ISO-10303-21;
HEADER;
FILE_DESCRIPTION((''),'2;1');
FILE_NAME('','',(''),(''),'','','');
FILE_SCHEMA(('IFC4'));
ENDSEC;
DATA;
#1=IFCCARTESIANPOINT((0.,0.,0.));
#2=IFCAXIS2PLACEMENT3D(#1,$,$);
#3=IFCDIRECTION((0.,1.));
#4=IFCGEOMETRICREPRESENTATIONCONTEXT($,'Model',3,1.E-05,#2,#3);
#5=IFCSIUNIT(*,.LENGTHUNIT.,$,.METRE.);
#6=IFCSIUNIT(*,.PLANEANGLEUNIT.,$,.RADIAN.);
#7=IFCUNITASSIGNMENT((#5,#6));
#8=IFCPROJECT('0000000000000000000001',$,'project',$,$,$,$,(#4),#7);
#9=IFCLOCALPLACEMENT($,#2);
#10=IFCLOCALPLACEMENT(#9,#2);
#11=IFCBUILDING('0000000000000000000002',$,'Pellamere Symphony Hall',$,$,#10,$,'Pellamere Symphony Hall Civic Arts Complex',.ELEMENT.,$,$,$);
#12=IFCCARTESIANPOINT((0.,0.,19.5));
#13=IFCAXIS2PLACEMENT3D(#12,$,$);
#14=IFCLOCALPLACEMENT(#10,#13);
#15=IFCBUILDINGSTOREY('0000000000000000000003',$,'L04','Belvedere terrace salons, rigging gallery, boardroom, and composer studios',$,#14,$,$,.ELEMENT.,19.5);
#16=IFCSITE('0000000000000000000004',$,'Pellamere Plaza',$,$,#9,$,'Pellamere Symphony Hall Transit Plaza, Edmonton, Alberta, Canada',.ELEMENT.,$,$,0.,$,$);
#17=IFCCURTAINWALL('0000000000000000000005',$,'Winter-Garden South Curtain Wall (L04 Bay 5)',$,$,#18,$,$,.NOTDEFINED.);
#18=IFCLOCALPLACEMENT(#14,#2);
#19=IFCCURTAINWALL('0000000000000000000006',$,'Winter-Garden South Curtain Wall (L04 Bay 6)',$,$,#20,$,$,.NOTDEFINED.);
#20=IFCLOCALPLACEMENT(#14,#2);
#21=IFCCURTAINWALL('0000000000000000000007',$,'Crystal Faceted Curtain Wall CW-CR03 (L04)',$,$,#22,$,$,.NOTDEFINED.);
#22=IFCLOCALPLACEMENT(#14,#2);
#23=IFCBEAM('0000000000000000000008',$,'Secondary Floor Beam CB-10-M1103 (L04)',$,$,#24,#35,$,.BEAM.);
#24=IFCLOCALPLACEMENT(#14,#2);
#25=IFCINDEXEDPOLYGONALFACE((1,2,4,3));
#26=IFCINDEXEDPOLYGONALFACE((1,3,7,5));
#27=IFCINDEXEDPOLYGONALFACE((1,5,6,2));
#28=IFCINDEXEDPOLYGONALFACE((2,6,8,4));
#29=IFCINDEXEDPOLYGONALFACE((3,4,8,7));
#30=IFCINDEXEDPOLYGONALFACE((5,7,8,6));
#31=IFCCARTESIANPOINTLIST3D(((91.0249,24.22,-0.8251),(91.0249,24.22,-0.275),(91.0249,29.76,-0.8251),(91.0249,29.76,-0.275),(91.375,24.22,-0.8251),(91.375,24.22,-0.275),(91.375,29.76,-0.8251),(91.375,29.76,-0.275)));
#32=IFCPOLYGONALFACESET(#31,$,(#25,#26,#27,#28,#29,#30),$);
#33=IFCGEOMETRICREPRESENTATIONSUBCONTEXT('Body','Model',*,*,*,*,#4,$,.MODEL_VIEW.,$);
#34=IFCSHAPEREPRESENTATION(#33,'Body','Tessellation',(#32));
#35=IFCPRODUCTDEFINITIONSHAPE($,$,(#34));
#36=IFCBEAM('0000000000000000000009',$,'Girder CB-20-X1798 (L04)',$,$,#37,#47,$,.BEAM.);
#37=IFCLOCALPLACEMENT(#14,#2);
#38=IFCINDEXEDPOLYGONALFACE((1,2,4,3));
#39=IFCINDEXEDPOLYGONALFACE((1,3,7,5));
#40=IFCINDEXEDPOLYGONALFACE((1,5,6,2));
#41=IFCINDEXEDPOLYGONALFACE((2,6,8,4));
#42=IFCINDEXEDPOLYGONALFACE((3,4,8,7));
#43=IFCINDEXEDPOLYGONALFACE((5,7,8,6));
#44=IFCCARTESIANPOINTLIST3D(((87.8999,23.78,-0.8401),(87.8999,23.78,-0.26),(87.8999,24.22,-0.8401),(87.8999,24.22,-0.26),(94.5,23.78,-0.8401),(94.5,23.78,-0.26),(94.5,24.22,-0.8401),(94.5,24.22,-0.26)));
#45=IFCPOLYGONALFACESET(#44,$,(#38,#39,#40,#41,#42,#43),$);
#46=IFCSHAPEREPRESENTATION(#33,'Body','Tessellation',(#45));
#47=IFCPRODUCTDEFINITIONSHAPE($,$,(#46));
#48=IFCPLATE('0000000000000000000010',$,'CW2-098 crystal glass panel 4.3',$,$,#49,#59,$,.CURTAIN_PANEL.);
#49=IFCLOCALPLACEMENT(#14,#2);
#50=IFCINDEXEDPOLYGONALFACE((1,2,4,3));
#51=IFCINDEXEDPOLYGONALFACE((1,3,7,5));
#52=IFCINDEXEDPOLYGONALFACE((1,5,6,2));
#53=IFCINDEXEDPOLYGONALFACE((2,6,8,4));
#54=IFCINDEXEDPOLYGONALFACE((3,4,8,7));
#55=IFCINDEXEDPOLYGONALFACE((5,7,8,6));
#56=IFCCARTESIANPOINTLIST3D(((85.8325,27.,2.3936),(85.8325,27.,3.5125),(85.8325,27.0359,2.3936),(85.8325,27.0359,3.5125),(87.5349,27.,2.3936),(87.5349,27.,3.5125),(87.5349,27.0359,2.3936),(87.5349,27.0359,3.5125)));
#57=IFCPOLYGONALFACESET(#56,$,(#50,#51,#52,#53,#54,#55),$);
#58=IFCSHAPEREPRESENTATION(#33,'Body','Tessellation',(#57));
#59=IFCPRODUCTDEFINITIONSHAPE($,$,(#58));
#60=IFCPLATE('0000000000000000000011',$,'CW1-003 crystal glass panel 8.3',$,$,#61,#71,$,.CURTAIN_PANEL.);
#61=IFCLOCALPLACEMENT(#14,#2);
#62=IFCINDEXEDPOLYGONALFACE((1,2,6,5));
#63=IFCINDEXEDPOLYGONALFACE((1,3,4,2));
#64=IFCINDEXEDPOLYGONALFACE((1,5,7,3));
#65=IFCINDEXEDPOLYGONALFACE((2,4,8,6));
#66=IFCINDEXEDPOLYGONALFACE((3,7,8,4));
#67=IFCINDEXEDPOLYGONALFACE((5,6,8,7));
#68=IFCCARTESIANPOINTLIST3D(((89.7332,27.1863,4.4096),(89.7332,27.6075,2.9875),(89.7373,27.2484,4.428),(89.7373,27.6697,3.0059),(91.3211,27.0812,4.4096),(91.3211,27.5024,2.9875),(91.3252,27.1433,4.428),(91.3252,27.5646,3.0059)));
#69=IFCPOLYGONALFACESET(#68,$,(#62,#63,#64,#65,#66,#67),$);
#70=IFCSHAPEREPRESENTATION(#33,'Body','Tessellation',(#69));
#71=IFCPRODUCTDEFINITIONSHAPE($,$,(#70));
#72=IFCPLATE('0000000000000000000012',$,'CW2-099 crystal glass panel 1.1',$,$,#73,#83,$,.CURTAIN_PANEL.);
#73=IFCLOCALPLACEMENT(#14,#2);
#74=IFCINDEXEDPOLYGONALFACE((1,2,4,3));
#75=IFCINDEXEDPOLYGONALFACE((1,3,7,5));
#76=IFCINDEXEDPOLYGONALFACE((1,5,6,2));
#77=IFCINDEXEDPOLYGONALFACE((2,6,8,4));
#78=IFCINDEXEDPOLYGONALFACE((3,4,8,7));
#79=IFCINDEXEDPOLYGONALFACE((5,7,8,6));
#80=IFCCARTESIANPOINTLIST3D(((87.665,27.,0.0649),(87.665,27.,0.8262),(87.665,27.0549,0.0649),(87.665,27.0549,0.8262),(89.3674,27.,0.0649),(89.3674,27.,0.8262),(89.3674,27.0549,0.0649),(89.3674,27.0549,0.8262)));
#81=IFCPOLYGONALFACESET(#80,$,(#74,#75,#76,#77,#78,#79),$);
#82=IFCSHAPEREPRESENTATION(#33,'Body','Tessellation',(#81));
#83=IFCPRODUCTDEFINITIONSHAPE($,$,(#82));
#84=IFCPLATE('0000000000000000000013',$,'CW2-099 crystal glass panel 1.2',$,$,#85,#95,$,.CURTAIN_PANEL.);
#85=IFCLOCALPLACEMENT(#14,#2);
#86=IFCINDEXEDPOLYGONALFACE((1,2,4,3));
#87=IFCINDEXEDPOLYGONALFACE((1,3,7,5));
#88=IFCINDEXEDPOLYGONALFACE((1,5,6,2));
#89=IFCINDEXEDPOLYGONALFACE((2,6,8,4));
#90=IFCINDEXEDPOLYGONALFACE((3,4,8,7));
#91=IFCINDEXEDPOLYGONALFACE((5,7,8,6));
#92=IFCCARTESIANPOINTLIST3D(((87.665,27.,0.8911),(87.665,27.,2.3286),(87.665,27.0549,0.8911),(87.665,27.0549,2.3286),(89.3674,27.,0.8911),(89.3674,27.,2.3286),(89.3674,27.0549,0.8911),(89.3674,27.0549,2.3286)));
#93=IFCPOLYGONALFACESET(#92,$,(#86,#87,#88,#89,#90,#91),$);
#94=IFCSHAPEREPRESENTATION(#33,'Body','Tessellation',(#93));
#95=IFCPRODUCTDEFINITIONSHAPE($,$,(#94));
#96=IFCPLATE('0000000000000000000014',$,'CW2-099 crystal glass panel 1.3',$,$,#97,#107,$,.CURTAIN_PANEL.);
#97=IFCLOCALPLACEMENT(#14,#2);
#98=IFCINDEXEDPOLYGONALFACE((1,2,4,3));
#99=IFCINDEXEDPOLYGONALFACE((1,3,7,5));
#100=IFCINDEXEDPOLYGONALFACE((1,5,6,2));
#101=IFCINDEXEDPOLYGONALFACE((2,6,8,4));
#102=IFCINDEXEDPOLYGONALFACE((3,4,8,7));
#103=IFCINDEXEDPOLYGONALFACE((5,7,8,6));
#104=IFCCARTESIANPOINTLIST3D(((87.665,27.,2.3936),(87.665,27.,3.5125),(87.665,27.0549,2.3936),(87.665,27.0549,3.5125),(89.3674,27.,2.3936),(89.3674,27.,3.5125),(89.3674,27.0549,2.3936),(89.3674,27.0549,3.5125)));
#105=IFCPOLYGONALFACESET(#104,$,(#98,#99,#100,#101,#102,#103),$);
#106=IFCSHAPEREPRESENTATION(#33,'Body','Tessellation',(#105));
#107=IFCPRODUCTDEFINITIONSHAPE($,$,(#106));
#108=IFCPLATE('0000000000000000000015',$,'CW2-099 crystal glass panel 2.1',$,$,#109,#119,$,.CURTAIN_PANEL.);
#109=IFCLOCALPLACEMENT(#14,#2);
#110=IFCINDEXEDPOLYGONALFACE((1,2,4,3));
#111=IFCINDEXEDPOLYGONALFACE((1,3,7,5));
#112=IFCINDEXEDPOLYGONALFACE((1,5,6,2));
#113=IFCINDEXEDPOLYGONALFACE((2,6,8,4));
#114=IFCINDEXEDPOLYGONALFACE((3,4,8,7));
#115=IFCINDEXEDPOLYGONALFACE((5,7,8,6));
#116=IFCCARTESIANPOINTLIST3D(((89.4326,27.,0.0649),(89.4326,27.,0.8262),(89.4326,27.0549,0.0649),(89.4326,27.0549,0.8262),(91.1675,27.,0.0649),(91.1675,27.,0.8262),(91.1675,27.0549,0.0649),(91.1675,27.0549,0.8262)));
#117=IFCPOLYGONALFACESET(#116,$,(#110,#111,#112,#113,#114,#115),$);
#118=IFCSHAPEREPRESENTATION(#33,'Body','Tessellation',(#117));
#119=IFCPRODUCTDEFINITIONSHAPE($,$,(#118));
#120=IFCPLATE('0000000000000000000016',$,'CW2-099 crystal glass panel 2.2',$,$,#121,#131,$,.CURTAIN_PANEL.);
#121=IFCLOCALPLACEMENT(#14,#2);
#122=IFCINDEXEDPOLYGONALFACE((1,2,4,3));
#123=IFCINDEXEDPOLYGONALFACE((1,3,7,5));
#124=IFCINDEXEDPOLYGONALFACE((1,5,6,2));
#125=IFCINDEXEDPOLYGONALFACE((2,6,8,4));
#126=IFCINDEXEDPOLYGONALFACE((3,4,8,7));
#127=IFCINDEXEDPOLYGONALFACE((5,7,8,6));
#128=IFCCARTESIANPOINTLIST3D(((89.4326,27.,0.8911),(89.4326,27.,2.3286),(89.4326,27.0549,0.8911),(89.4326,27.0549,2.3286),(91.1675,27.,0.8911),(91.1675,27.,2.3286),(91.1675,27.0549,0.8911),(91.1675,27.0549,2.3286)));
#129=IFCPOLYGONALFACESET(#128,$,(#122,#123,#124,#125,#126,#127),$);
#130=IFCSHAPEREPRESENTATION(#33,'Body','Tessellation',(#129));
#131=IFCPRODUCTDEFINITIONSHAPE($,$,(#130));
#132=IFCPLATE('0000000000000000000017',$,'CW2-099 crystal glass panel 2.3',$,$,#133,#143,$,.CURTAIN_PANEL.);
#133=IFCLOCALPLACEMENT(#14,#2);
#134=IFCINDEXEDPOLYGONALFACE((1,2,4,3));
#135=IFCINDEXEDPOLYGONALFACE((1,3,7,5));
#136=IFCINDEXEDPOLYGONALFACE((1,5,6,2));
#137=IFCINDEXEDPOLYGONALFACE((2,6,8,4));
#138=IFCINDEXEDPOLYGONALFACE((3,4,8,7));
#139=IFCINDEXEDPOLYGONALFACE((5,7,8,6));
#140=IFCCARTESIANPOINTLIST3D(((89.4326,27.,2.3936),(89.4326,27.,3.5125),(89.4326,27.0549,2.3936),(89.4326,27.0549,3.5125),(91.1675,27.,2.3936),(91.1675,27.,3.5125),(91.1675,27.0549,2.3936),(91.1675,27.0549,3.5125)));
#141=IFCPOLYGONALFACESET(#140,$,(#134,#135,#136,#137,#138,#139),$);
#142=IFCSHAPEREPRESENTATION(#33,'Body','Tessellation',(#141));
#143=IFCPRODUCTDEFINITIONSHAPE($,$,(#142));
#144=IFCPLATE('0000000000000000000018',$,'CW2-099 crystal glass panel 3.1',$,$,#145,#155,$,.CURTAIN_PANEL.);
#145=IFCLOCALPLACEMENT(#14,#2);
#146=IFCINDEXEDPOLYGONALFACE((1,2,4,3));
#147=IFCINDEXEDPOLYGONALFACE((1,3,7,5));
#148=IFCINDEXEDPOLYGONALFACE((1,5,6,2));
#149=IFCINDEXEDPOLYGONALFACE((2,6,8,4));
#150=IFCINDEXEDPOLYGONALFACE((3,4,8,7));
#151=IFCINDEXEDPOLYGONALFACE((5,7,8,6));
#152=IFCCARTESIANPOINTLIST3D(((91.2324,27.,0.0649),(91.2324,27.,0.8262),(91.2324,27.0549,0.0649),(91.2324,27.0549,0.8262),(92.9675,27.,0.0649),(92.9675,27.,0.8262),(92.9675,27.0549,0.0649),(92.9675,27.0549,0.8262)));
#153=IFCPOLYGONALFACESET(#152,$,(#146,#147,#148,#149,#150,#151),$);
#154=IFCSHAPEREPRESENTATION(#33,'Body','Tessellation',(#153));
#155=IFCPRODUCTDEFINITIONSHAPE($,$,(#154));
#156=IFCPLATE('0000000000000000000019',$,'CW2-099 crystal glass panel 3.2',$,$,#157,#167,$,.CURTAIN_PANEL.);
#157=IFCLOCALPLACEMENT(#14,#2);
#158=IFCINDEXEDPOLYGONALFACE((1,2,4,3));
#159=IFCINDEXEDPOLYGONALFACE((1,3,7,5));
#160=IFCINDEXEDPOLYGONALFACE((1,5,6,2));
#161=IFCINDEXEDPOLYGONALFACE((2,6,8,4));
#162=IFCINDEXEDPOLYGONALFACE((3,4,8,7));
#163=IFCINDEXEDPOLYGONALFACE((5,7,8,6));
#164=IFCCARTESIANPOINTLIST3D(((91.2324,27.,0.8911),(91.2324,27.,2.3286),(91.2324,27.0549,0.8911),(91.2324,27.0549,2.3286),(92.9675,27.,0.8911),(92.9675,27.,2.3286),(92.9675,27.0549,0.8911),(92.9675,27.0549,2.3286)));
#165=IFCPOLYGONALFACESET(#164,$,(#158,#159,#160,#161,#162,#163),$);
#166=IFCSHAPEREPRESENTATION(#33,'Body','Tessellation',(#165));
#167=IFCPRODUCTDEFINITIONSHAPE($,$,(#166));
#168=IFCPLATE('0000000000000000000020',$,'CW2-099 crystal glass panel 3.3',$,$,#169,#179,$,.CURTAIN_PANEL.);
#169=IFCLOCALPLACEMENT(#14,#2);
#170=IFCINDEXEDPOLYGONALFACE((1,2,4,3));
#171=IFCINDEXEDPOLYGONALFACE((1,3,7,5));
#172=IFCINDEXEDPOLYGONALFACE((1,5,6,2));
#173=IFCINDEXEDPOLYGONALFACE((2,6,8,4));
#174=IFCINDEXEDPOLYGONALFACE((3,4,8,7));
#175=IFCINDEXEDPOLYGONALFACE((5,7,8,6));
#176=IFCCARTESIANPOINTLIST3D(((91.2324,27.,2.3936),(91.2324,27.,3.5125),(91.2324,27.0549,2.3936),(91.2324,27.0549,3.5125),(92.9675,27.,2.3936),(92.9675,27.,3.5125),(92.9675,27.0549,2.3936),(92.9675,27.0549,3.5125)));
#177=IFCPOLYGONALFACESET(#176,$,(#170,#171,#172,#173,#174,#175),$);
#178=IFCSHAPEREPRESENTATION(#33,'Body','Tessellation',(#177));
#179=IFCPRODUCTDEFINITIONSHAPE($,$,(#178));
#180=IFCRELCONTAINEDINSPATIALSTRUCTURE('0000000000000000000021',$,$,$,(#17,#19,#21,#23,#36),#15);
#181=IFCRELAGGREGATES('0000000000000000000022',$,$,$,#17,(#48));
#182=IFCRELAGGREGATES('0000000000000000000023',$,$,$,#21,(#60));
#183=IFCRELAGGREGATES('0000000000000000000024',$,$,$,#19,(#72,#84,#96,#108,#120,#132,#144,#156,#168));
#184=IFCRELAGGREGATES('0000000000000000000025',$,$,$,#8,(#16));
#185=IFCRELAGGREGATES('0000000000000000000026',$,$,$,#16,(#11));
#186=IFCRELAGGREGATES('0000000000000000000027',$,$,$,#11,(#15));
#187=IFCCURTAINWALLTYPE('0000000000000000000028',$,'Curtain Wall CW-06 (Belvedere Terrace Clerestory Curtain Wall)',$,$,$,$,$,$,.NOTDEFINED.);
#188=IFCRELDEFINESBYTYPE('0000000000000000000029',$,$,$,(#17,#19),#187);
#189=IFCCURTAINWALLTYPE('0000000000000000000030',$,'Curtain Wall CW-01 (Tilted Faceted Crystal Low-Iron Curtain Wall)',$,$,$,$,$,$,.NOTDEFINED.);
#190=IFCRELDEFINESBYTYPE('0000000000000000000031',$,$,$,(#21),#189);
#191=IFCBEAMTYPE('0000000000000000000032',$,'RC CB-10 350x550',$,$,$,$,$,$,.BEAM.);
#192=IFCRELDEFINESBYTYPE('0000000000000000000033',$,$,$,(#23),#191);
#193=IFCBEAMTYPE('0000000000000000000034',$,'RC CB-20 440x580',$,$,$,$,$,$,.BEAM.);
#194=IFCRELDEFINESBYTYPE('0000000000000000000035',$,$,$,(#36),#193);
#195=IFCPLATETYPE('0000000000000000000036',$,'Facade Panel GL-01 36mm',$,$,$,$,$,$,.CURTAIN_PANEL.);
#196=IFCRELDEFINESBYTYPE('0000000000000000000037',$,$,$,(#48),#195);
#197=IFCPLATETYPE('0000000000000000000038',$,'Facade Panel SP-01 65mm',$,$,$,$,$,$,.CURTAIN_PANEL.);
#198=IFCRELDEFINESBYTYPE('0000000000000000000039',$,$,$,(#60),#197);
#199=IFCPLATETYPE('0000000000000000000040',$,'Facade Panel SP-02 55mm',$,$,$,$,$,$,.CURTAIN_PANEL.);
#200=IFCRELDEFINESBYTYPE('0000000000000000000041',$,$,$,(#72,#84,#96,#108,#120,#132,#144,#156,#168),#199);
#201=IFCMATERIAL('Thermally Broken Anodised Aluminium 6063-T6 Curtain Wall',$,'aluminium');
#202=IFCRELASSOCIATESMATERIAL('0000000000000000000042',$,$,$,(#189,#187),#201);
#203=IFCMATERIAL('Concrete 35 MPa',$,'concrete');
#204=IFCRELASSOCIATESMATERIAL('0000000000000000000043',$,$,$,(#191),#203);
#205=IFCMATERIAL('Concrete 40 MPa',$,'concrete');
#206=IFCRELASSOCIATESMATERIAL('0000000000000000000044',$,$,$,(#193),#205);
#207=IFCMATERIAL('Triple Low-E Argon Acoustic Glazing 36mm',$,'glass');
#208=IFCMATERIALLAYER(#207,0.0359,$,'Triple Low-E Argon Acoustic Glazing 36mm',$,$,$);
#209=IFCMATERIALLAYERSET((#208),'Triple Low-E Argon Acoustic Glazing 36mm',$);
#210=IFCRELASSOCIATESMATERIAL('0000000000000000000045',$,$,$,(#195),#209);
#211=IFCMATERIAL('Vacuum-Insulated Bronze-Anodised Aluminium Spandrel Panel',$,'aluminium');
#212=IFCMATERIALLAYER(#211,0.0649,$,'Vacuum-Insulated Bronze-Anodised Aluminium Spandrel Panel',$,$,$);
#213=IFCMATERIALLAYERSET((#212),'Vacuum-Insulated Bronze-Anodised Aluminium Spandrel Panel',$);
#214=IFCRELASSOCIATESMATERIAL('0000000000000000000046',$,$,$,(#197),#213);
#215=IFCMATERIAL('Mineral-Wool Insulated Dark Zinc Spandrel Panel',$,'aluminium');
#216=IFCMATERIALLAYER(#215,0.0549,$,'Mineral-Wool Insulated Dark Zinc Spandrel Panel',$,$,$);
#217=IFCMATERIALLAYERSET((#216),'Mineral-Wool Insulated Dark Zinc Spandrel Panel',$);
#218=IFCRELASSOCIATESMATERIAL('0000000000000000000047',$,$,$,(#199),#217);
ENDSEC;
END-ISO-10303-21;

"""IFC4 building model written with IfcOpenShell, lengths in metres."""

from ifc_helpers import new_model, si_unit, direction, frame, origin, origin_2d, place, context, subcontext, project, spatial, polyline, rectangle, outline, extrude, material, layer, layer_set, material_profile, profile_set, type_object, element, aggregate, save


model = new_model("IFC4")

# Units and contexts
model_context = context("Model", 3, precision=1e-05, world=origin(), true_north=direction((0.0, 1.0)))
body_context = subcontext(model_context, "Body", "Model", "MODEL_VIEW")
ifc_project = project(units=[si_unit("LENGTHUNIT", "METRE"), si_unit("PLANEANGLEUNIT", "RADIAN")], contexts=[model_context])

# Site, building, storey
site_placement = place(None, origin())
site = spatial("IfcSite", under=ifc_project, at=site_placement, Name="Pellamere Plaza", LongName="Pellamere Symphony Hall Transit Plaza, Edmonton, Alberta, Canada", CompositionType="ELEMENT", RefElevation=0.0)
building_placement = place(site_placement, origin())
building = spatial("IfcBuilding", under=site, at=building_placement, Name="Pellamere Symphony Hall", LongName="Pellamere Symphony Hall Civic Arts Complex", CompositionType="ELEMENT")
storey_placement = place(building_placement, frame((0.0, 0.0, 19.5)))
storey = spatial("IfcBuildingStorey", under=building, at=storey_placement, Name="L04", Description="Belvedere terrace salons, rigging gallery, boardroom, and composer studios", CompositionType="ELEMENT", Elevation=19.5)

# Curtain wall
ifc_material_1 = material(Name="Thermally Broken Anodised Aluminium 6063-T6 Curtain Wall", Category="aluminium")
curtain_wall_type_1 = type_object("IfcCurtainWallType", Name="Curtain Wall CW-01 (Tilted Faceted Crystal Low-Iron Curtain Wall)", PredefinedType="NOTDEFINED", material=ifc_material_1)
curtain_wall_type_2 = type_object("IfcCurtainWallType", Name="Curtain Wall CW-06 (Belvedere Terrace Clerestory Curtain Wall)", PredefinedType="NOTDEFINED", material=ifc_material_1)
curtain_wall_1_placement = place(storey_placement, origin())
curtain_wall_1 = element("IfcCurtainWall", 1, at=curtain_wall_1_placement, inside=storey, type_object=curtain_wall_type_2, Name="Winter-Garden South Curtain Wall (L04 Bay 5)", PredefinedType="NOTDEFINED")

# Curtain walls
curtain_wall_2_placement = place(storey_placement, origin())
curtain_wall_2 = element("IfcCurtainWall", 2, at=curtain_wall_2_placement, inside=storey, type_object=curtain_wall_type_2, Name="Winter-Garden South Curtain Wall (L04 Bay 6)", PredefinedType="NOTDEFINED")
curtain_wall_3_placement = place(storey_placement, origin())
curtain_wall_3 = element("IfcCurtainWall", 3, at=curtain_wall_3_placement, inside=storey, type_object=curtain_wall_type_1, Name="Crystal Faceted Curtain Wall CW-CR03 (L04)", PredefinedType="NOTDEFINED")

# Beams
ifc_material_2 = material(Name="Concrete 40 MPa", Category="concrete")
ifc_material_3 = material(Name="Concrete 35 MPa", Category="concrete")
ifc_material_profile_1 = material_profile(ifc_material_3, rectangle(XDim=0.3501, YDim=0.55, at=origin_2d()), Name="RC 350x550")
ifc_profile_set_1 = profile_set([ifc_material_profile_1], Name="Concrete 35 MPa")
beam_type_1 = type_object("IfcBeamType", Name="RC CB-10 350x550", PredefinedType="BEAM", material=ifc_profile_set_1)
beam_1_placement = place(storey_placement, frame((91.2, 24.22, -0.55), z_axis=(0.0, 1.0, 0.0), x_axis=(-1.0, 0.0, 0.0)))
element("IfcBeam", 4, at=beam_1_placement, inside=storey, type_object=beam_type_1, Name="Secondary Floor Beam CB-10-M1103 (L04)", PredefinedType="BEAM", context=body_context, shape_type="SweptSolid", body=[
    extrude(rectangle(XDim=0.3501, YDim=0.55, at=origin_2d()), origin(), (0.0, 0.0, 1.0), 5.54),
])
ifc_material_profile_2 = material_profile(ifc_material_2, rectangle(XDim=0.4399, YDim=0.5801, at=origin_2d()), Name="RC 440x580")
ifc_profile_set_2 = profile_set([ifc_material_profile_2], Name="Concrete 40 MPa")
beam_type_2 = type_object("IfcBeamType", Name="RC CB-20 440x580", PredefinedType="BEAM", material=ifc_profile_set_2)
beam_2_placement = place(storey_placement, frame((87.8999, 24.0, -0.55), z_axis=(1.0, 0.0, 0.0), x_axis=(0.0, 1.0, 0.0)))
element("IfcBeam", 5, at=beam_2_placement, inside=storey, type_object=beam_type_2, Name="Girder CB-20-X1798 (L04)", PredefinedType="BEAM", context=body_context, shape_type="SweptSolid", body=[
    extrude(rectangle(XDim=0.4399, YDim=0.5801, at=origin_2d()), origin(), (0.0, 0.0, 1.0), 6.6001),
])

# Plates
ifc_material_4 = material(Name="Triple Low-E Argon Acoustic Glazing 36mm", Category="glass")
ifc_layer_1 = layer(ifc_material_4, 0.0359, Name="Triple Low-E Argon Acoustic Glazing 36mm")
ifc_layer_set_1 = layer_set([ifc_layer_1], Name="Triple Low-E Argon Acoustic Glazing 36mm")
plate_type_1 = type_object("IfcPlateType", Name="Facade Panel GL-01 36mm", PredefinedType="CURTAIN_PANEL", material=ifc_layer_set_1)
plate_1_placement = place(storey_placement, frame((85.8325, 27.0, 2.3936), z_axis=(0.0, -1.0, 0.0), x_axis=(1.0, 0.0, 0.0)))
plate_1 = element("IfcPlate", 6, at=plate_1_placement, type_object=plate_type_1, Name="CW2-098 crystal glass panel 4.3", PredefinedType="CURTAIN_PANEL", context=body_context, shape_type="SweptSolid", body=[
    extrude(outline(polyline([(0.0, 0.0), (1.7024, 0.0), (1.7024, 1.1189), (0.0, 1.1189), (0.0, 0.0)])), origin(), (0.0, 0.0, -1.0), 0.0359),
])
aggregate(curtain_wall_1, [plate_1])
ifc_material_5 = material(Name="Vacuum-Insulated Bronze-Anodised Aluminium Spandrel Panel", Category="aluminium")
ifc_layer_2 = layer(ifc_material_5, 0.0649, Name="Vacuum-Insulated Bronze-Anodised Aluminium Spandrel Panel")
ifc_layer_set_2 = layer_set([ifc_layer_2], Name="Vacuum-Insulated Bronze-Anodised Aluminium Spandrel Panel")
plate_type_2 = type_object("IfcPlateType", Name="Facade Panel SP-01 65mm", PredefinedType="CURTAIN_PANEL", material=ifc_layer_set_2)
plate_2_placement = place(storey_placement, frame((89.7373, 27.6697, 3.0059), z_axis=(0.063337, 0.956892, 0.283454), x_axis=(0.997816, -0.066052, 0.000021)))
plate_2 = element("IfcPlate", 7, at=plate_2_placement, type_object=plate_type_2, Name="CW1-003 crystal glass panel 8.3", PredefinedType="CURTAIN_PANEL", context=body_context, shape_type="SweptSolid", body=[
    extrude(outline(polyline([(0.0, 0.0), (1.5914, 0.0), (1.6192, -1.4829), (0.0279, -1.483), (0.0, 0.0)])), origin(), (0.0, 0.0, -1.0), 0.0649),
])
aggregate(curtain_wall_3, [plate_2])
ifc_material_6 = material(Name="Mineral-Wool Insulated Dark Zinc Spandrel Panel", Category="aluminium")
ifc_layer_3 = layer(ifc_material_6, 0.0549, Name="Mineral-Wool Insulated Dark Zinc Spandrel Panel")
ifc_layer_set_3 = layer_set([ifc_layer_3], Name="Mineral-Wool Insulated Dark Zinc Spandrel Panel")
plate_type_3 = type_object("IfcPlateType", Name="Facade Panel SP-02 55mm", PredefinedType="CURTAIN_PANEL", material=ifc_layer_set_3)
plate_3_placement = place(storey_placement, frame((87.665, 27.0, 0.0649), z_axis=(0.0, -1.0, 0.0), x_axis=(1.0, 0.0, 0.0)))
plate_3 = element("IfcPlate", 8, at=plate_3_placement, type_object=plate_type_3, Name="CW2-099 crystal glass panel 1.1", PredefinedType="CURTAIN_PANEL", context=body_context, shape_type="SweptSolid", body=[
    extrude(outline(polyline([(0.0, 0.0), (1.7024, 0.0), (1.7024, 0.7612), (0.0, 0.7612), (0.0, 0.0)])), origin(), (0.0, 0.0, -1.0), 0.0549),
])
plate_4_placement = place(storey_placement, frame((87.665, 27.0, 0.8911), z_axis=(0.0, -1.0, 0.0), x_axis=(1.0, 0.0, 0.0)))
plate_4 = element("IfcPlate", 9, at=plate_4_placement, type_object=plate_type_3, Name="CW2-099 crystal glass panel 1.2", PredefinedType="CURTAIN_PANEL", context=body_context, shape_type="SweptSolid", body=[
    extrude(outline(polyline([(0.0, 0.0), (1.7024, 0.0), (1.7024, 1.4375), (0.0, 1.4375), (0.0, 0.0)])), origin(), (0.0, 0.0, -1.0), 0.0549),
])
plate_5_placement = place(storey_placement, frame((87.665, 27.0, 2.3936), z_axis=(0.0, -1.0, 0.0), x_axis=(1.0, 0.0, 0.0)))
plate_5 = element("IfcPlate", 10, at=plate_5_placement, type_object=plate_type_3, Name="CW2-099 crystal glass panel 1.3", PredefinedType="CURTAIN_PANEL", context=body_context, shape_type="SweptSolid", body=[
    extrude(outline(polyline([(0.0, 0.0), (1.7024, 0.0), (1.7024, 1.1189), (0.0, 1.1189), (0.0, 0.0)])), origin(), (0.0, 0.0, -1.0), 0.0549),
])
plate_6_placement = place(storey_placement, frame((89.4326, 27.0, 0.0649), z_axis=(0.0, -1.0, 0.0), x_axis=(1.0, 0.0, 0.0)))
plate_6 = element("IfcPlate", 11, at=plate_6_placement, type_object=plate_type_3, Name="CW2-099 crystal glass panel 2.1", PredefinedType="CURTAIN_PANEL", context=body_context, shape_type="SweptSolid", body=[
    extrude(outline(polyline([(0.0, 0.0), (1.7349, 0.0), (1.7349, 0.7612), (0.0, 0.7612), (0.0, 0.0)])), origin(), (0.0, 0.0, -1.0), 0.0549),
])
plate_7_placement = place(storey_placement, frame((89.4326, 27.0, 0.8911), z_axis=(0.0, -1.0, 0.0), x_axis=(1.0, 0.0, 0.0)))
plate_7 = element("IfcPlate", 12, at=plate_7_placement, type_object=plate_type_3, Name="CW2-099 crystal glass panel 2.2", PredefinedType="CURTAIN_PANEL", context=body_context, shape_type="SweptSolid", body=[
    extrude(outline(polyline([(0.0, 0.0), (1.7349, 0.0), (1.7349, 1.4375), (0.0, 1.4375), (0.0, 0.0)])), origin(), (0.0, 0.0, -1.0), 0.0549),
])
plate_8_placement = place(storey_placement, frame((89.4326, 27.0, 2.3936), z_axis=(0.0, -1.0, 0.0), x_axis=(1.0, 0.0, 0.0)))
plate_8 = element("IfcPlate", 13, at=plate_8_placement, type_object=plate_type_3, Name="CW2-099 crystal glass panel 2.3", PredefinedType="CURTAIN_PANEL", context=body_context, shape_type="SweptSolid", body=[
    extrude(outline(polyline([(0.0, 0.0), (1.7349, 0.0), (1.7349, 1.1189), (0.0, 1.1189), (0.0, 0.0)])), origin(), (0.0, 0.0, -1.0), 0.0549),
])
plate_9_placement = place(storey_placement, frame((91.2324, 27.0, 0.0649), z_axis=(0.0, -1.0, 0.0), x_axis=(1.0, 0.0, 0.0)))
plate_9 = element("IfcPlate", 14, at=plate_9_placement, type_object=plate_type_3, Name="CW2-099 crystal glass panel 3.1", PredefinedType="CURTAIN_PANEL", context=body_context, shape_type="SweptSolid", body=[
    extrude(outline(polyline([(0.0, 0.0), (1.7351, 0.0), (1.7351, 0.7612), (0.0, 0.7612), (0.0, 0.0)])), origin(), (0.0, 0.0, -1.0), 0.0549),
])
plate_10_placement = place(storey_placement, frame((91.2324, 27.0, 0.8911), z_axis=(0.0, -1.0, 0.0), x_axis=(1.0, 0.0, 0.0)))
plate_10 = element("IfcPlate", 15, at=plate_10_placement, type_object=plate_type_3, Name="CW2-099 crystal glass panel 3.2", PredefinedType="CURTAIN_PANEL", context=body_context, shape_type="SweptSolid", body=[
    extrude(outline(polyline([(0.0, 0.0), (1.7351, 0.0), (1.7351, 1.4375), (0.0, 1.4375), (0.0, 0.0)])), origin(), (0.0, 0.0, -1.0), 0.0549),
])
plate_11_placement = place(storey_placement, frame((91.2324, 27.0, 2.3936), z_axis=(0.0, -1.0, 0.0), x_axis=(1.0, 0.0, 0.0)))
plate_11 = element("IfcPlate", 16, at=plate_11_placement, type_object=plate_type_3, Name="CW2-099 crystal glass panel 3.3", PredefinedType="CURTAIN_PANEL", context=body_context, shape_type="SweptSolid", body=[
    extrude(outline(polyline([(0.0, 0.0), (1.7351, 0.0), (1.7351, 1.1189), (0.0, 1.1189), (0.0, 0.0)])), origin(), (0.0, 0.0, -1.0), 0.0549),
])
aggregate(curtain_wall_2, [plate_3, plate_4, plate_5, plate_6, plate_7, plate_8, plate_9, plate_10, plate_11])

save(model, "model.ifc")
